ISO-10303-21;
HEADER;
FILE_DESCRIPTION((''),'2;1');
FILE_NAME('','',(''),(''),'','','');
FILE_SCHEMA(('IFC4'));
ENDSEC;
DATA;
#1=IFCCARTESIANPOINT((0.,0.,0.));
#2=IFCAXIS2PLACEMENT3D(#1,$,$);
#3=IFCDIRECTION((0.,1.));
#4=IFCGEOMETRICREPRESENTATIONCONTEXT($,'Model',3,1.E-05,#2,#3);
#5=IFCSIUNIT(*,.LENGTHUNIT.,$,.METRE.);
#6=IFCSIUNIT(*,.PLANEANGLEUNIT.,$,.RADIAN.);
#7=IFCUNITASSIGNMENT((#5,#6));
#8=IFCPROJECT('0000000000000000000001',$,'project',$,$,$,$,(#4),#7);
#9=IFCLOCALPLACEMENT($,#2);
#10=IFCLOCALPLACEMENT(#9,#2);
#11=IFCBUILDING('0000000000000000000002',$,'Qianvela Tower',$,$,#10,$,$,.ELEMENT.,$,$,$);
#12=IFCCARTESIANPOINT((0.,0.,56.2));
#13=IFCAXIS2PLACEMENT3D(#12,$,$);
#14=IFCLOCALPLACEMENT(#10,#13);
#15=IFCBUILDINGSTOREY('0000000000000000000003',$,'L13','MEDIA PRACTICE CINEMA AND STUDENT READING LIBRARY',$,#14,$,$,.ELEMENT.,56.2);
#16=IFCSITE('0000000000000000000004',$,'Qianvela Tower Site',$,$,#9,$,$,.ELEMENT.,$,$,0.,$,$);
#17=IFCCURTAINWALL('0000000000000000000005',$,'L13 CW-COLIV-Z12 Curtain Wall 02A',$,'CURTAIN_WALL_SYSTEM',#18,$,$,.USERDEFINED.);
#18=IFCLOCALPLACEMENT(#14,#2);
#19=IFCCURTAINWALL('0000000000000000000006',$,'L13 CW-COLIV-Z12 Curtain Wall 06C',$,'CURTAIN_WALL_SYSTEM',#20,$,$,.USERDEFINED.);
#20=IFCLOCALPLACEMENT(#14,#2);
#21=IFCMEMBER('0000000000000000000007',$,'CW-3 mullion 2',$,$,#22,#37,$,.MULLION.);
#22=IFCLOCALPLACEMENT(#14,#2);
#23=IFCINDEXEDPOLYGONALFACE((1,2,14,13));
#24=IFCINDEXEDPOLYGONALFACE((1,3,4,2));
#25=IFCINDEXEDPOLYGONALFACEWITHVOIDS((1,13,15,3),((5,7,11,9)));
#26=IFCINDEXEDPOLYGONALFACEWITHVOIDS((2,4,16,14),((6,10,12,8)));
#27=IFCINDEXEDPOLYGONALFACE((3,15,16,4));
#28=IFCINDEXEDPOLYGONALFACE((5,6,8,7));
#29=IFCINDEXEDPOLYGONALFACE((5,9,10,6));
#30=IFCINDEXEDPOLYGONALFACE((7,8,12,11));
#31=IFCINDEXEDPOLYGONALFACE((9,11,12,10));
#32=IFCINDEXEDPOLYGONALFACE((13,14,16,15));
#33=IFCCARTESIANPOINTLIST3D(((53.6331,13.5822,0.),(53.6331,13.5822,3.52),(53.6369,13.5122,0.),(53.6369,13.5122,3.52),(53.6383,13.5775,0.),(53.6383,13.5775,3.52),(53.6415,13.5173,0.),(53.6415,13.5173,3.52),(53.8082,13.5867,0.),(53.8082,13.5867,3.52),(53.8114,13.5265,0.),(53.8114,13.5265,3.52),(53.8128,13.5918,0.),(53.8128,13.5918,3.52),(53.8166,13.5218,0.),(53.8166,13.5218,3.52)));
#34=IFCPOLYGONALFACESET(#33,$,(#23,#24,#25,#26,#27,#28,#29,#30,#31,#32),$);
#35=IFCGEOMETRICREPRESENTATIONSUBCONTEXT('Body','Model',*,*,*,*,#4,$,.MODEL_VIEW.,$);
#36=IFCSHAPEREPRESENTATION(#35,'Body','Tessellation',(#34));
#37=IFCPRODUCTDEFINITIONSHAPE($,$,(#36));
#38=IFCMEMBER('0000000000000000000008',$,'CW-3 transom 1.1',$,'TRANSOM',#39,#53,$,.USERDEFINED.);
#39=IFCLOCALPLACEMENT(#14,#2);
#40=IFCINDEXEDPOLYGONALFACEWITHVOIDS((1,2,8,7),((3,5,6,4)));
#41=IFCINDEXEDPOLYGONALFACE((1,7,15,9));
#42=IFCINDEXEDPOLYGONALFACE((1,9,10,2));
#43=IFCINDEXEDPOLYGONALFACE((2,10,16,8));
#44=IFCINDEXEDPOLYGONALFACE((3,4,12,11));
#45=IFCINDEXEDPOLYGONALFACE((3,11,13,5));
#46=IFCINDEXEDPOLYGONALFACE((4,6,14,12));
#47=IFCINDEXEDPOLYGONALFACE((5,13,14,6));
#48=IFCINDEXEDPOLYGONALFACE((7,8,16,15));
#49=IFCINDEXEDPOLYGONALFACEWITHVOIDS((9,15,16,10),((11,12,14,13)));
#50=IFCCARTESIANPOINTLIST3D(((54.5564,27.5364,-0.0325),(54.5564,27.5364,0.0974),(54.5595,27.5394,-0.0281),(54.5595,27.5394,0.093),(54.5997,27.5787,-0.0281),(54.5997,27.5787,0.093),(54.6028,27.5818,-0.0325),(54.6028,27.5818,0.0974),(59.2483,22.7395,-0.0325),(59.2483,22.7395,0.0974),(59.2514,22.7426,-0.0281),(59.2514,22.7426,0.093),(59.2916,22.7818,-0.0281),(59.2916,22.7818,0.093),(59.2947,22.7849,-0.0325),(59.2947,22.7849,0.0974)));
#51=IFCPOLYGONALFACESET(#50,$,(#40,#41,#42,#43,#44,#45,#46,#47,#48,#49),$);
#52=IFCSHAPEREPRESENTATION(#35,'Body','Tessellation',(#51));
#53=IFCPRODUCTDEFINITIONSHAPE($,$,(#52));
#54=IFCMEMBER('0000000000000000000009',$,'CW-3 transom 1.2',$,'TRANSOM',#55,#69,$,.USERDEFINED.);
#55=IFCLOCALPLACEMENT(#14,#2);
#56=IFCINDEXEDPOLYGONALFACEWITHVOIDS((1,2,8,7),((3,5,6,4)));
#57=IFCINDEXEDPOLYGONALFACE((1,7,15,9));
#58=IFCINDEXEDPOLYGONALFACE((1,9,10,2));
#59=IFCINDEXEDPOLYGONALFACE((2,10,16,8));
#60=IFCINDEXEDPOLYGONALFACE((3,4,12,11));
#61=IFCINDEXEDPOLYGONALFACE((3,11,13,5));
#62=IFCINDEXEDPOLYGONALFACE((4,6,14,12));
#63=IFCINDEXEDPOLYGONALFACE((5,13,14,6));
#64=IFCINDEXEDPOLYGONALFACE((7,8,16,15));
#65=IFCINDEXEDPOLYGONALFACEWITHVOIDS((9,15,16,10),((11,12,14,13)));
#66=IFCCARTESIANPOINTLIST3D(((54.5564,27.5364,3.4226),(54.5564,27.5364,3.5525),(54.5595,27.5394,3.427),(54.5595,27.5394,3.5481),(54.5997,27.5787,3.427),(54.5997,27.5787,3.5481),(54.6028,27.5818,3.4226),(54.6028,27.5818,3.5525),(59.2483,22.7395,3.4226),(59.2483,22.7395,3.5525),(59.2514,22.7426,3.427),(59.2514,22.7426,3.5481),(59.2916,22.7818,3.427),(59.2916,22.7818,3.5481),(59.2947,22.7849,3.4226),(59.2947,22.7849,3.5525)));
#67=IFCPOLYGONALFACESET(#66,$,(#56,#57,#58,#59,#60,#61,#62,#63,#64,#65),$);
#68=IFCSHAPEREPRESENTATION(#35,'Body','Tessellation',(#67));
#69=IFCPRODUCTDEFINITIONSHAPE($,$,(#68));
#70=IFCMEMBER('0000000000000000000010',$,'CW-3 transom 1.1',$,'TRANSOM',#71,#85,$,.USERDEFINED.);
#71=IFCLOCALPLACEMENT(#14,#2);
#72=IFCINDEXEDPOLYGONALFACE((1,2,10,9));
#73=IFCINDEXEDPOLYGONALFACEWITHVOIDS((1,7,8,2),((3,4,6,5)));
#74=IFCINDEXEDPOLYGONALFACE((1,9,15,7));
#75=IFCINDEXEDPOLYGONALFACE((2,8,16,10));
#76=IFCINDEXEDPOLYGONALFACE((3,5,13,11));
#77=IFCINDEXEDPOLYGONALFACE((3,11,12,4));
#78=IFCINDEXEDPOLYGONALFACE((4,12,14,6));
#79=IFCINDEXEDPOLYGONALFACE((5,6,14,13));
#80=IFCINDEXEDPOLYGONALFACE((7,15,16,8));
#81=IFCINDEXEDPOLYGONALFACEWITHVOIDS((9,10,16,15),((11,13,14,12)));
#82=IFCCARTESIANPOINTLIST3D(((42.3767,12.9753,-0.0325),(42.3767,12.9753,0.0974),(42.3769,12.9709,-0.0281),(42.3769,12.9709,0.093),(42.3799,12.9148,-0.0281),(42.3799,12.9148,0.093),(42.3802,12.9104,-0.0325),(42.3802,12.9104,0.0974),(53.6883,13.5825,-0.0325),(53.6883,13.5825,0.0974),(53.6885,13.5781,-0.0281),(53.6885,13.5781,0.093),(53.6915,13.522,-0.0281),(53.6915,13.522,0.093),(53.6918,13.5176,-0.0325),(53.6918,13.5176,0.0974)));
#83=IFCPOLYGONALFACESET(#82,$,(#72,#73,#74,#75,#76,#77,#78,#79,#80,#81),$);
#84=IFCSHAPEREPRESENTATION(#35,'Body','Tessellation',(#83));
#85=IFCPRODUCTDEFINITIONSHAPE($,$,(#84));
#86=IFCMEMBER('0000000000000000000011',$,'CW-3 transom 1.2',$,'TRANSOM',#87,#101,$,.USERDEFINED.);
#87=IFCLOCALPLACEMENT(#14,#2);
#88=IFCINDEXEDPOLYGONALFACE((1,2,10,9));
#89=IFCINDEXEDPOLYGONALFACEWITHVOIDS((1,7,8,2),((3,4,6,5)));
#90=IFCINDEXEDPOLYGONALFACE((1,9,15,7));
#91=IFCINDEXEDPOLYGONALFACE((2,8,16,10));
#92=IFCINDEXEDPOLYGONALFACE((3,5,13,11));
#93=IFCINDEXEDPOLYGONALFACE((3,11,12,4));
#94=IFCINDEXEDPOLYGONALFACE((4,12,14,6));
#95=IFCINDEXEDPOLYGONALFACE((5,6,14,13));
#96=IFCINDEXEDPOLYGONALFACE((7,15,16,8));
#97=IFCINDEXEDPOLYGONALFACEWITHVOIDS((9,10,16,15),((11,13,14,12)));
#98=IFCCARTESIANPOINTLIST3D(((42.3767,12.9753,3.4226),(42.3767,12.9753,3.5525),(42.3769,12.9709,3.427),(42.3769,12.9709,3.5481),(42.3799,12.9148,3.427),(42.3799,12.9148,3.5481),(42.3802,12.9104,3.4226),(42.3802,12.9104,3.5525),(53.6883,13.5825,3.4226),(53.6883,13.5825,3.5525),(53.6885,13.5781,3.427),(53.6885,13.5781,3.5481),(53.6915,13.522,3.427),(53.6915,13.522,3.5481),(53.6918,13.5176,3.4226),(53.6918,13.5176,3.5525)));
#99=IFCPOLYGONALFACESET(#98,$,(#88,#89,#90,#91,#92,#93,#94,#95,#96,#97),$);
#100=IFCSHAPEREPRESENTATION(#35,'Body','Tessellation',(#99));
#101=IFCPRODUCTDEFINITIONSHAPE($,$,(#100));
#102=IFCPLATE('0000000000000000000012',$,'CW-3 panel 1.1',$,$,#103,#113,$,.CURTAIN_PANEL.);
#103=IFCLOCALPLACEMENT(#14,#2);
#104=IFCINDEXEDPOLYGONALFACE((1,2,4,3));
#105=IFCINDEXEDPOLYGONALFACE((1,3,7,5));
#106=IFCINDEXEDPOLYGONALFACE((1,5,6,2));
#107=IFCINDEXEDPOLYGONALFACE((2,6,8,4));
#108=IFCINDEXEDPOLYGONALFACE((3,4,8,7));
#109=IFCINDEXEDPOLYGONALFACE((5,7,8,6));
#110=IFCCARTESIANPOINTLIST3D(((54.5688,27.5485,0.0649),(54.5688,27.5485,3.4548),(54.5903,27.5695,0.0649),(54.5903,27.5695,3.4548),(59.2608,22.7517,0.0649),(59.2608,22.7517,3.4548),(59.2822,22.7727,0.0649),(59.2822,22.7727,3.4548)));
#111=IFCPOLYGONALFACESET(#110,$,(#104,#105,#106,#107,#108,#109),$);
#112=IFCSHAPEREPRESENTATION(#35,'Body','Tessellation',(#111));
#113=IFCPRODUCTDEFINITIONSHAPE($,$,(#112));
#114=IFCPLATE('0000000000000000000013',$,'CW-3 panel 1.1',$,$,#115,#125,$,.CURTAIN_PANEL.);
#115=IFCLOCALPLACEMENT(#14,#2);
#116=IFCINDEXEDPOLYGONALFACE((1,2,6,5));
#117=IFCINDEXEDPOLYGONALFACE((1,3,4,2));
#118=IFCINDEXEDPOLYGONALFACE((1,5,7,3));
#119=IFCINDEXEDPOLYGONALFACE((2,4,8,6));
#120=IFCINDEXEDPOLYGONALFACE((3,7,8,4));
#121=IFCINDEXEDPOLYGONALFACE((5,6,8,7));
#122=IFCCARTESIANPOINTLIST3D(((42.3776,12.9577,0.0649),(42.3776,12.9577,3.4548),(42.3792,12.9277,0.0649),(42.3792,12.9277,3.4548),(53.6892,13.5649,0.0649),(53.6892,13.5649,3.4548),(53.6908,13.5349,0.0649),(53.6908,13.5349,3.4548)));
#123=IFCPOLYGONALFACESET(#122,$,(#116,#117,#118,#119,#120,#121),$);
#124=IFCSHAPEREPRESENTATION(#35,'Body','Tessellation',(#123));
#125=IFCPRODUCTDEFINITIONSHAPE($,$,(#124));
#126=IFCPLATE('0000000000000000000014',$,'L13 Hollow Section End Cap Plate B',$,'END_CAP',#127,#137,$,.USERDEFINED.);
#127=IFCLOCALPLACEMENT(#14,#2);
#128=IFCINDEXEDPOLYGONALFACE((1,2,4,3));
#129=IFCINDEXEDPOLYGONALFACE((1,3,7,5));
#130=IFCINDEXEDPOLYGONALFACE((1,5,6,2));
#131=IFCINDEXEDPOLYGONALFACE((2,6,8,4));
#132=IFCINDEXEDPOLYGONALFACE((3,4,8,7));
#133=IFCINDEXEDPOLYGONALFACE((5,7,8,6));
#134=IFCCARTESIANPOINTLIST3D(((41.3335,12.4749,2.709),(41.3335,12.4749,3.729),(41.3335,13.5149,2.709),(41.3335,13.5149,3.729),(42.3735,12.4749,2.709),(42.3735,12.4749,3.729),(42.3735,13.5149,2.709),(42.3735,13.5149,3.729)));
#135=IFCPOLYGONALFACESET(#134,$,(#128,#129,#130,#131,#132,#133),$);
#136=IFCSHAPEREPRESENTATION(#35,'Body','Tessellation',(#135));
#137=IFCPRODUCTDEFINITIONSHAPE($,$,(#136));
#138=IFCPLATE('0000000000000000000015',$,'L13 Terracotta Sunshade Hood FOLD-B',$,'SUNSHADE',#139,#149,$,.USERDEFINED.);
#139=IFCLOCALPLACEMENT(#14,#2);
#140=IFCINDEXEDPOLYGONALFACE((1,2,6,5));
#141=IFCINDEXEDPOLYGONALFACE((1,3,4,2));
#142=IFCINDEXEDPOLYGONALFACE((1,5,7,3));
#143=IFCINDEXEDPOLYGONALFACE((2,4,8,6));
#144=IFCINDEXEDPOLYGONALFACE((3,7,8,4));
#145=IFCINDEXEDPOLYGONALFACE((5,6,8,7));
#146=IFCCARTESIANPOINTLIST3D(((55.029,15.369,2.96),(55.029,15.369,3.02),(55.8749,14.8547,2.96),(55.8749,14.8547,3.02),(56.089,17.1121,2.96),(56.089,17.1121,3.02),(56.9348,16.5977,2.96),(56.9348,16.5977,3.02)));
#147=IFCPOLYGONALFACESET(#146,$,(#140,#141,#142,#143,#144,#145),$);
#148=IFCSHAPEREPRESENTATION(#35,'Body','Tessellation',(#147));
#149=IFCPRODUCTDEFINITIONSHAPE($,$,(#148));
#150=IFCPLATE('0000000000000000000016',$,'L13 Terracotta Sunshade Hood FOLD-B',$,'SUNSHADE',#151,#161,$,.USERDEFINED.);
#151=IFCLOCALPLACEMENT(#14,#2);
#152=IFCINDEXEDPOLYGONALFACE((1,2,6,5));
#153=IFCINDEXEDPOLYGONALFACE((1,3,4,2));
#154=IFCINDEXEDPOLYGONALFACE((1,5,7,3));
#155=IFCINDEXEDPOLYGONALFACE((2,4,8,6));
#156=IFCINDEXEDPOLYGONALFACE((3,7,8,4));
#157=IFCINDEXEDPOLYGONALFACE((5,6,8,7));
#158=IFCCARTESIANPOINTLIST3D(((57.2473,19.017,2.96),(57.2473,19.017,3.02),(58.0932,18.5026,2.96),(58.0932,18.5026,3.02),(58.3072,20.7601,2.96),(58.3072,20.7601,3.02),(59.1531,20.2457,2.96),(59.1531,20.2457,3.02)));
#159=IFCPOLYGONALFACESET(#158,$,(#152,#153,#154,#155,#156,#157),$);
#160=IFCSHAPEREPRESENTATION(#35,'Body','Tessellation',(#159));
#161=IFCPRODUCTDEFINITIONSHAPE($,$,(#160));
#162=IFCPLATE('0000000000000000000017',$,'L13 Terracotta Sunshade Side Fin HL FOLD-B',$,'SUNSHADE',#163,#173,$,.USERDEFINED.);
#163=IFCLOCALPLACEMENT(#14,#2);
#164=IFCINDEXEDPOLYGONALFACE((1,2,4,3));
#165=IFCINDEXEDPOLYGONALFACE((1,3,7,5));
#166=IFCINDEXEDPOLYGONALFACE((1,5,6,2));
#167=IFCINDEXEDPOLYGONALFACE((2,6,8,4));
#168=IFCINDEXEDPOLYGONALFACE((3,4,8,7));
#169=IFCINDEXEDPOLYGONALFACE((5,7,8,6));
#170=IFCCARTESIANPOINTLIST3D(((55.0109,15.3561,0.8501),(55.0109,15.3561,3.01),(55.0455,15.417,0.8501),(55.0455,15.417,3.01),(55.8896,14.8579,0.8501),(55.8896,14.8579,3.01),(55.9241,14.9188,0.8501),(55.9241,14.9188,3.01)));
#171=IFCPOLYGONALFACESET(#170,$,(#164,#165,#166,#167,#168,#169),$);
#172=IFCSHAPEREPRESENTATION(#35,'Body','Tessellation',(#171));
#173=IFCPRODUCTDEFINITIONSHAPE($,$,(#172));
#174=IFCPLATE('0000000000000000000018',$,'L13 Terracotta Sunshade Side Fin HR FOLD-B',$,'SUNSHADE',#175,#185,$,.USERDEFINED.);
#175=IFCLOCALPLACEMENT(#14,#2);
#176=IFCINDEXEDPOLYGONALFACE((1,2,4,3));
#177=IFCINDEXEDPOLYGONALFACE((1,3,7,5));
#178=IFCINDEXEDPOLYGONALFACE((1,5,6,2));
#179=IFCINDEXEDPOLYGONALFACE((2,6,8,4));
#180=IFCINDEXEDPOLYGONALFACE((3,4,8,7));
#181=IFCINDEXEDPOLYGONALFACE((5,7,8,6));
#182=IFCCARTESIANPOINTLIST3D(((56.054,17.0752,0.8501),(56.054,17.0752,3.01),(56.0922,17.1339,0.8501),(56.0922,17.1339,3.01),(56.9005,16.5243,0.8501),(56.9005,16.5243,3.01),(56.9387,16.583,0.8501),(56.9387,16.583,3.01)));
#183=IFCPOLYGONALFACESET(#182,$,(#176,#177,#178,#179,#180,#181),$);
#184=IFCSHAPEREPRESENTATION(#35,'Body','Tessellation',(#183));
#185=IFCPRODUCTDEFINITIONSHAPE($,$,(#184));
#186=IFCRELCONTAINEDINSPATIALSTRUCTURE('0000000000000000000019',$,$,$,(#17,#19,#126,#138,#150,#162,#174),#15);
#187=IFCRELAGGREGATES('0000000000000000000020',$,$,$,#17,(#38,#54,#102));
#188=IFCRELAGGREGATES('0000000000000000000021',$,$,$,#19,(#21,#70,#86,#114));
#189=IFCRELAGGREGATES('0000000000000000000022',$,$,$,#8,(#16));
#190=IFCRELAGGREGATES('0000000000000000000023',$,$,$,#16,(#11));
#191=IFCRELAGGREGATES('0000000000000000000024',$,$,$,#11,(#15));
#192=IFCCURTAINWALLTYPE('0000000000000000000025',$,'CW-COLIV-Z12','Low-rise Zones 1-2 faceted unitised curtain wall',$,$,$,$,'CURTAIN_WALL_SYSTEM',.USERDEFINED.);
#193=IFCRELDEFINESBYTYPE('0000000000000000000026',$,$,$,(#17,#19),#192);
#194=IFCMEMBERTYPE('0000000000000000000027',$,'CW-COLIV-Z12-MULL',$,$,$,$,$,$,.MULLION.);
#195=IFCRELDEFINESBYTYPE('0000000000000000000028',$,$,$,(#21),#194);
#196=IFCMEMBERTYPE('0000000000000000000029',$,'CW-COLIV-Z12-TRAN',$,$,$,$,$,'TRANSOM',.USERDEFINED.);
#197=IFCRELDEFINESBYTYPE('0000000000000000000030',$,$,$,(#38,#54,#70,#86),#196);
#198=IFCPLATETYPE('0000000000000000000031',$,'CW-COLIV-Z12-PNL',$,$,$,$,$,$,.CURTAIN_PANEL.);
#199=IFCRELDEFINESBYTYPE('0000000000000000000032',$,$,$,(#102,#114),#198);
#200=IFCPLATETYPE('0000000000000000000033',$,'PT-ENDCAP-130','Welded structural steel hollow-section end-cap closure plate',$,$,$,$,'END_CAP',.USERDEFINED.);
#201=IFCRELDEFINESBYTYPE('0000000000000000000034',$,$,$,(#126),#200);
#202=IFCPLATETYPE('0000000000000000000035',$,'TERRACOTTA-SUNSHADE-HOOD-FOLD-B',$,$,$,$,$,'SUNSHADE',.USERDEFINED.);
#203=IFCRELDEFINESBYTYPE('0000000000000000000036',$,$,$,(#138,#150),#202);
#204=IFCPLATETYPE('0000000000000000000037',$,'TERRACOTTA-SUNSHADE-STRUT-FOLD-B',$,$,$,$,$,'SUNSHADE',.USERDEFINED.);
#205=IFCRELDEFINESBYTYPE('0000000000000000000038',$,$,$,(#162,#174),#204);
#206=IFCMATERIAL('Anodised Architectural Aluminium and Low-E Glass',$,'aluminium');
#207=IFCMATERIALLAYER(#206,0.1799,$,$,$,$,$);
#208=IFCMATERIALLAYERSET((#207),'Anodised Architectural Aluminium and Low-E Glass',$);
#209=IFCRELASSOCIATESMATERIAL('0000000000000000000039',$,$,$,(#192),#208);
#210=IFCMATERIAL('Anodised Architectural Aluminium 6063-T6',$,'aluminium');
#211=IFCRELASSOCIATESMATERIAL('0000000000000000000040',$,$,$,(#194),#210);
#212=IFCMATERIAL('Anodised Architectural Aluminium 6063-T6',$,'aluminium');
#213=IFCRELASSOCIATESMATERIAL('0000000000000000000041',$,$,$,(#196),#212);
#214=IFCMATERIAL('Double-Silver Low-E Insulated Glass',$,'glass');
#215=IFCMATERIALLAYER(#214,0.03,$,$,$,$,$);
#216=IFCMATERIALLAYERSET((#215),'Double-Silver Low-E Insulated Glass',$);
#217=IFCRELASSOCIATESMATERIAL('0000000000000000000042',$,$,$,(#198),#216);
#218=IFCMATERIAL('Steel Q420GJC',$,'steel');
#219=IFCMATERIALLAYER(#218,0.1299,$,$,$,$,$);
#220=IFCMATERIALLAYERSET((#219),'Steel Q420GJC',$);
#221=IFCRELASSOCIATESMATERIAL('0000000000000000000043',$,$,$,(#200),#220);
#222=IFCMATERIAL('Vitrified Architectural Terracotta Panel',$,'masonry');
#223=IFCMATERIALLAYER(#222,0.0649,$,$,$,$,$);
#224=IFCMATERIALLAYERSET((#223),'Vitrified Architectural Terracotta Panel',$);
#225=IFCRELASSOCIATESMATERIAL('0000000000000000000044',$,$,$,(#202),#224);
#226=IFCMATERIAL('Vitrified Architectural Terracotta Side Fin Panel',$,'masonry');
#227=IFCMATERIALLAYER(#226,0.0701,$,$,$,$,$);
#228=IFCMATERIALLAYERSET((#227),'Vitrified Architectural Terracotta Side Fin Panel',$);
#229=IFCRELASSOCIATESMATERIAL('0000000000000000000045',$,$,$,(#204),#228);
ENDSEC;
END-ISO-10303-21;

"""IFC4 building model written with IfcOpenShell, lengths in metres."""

from ifc_helpers import new_model, si_unit, direction, frame, origin, origin_2d, place, context, subcontext, project, spatial, rectangle, hollow_rectangle, extrude, material, layer, layer_set, material_profile, profile_set, type_object, element, aggregate, save


model = new_model("IFC4")

# Units and contexts
model_context = context("Model", 3, precision=1e-05, world=origin(), true_north=direction((0.0, 1.0)))
body_context = subcontext(model_context, "Body", "Model", "MODEL_VIEW")
ifc_project = project(units=[si_unit("LENGTHUNIT", "METRE"), si_unit("PLANEANGLEUNIT", "RADIAN")], contexts=[model_context])

# Site, building, storey
site_placement = place(None, origin())
site = spatial("IfcSite", under=ifc_project, at=site_placement, Name="Qianvela Tower Site", CompositionType="ELEMENT", RefElevation=0.0)
building_placement = place(site_placement, origin())
building = spatial("IfcBuilding", under=site, at=building_placement, Name="Qianvela Tower", CompositionType="ELEMENT")
storey_placement = place(building_placement, frame((0.0, 0.0, 56.2)))
storey = spatial("IfcBuildingStorey", under=building, at=storey_placement, Name="L13", Description="MEDIA PRACTICE CINEMA AND STUDENT READING LIBRARY", CompositionType="ELEMENT", Elevation=56.2)

# Curtain wall
ifc_material_1 = material(Name="Anodised Architectural Aluminium and Low-E Glass", Category="aluminium")
ifc_layer_1 = layer(ifc_material_1, 0.1799)
ifc_layer_set_1 = layer_set([ifc_layer_1], Name="Anodised Architectural Aluminium and Low-E Glass")
curtain_wall_type_1 = type_object("IfcCurtainWallType", Name="CW-COLIV-Z12", Description="Low-rise Zones 1-2 faceted unitised curtain wall", ElementType="CURTAIN_WALL_SYSTEM", PredefinedType="USERDEFINED", material=ifc_layer_set_1)
curtain_wall_1_placement = place(storey_placement, origin())
curtain_wall_1 = element("IfcCurtainWall", 1, at=curtain_wall_1_placement, inside=storey, type_object=curtain_wall_type_1, Name="L13 CW-COLIV-Z12 Curtain Wall 02A", ObjectType="CURTAIN_WALL_SYSTEM", PredefinedType="USERDEFINED")
ifc_material_2 = material(Name="Anodised Architectural Aluminium 6063-T6", Category="aluminium")
ifc_material_profile_1 = material_profile(ifc_material_2, hollow_rectangle(XDim=0.0701, YDim=0.1799, WallThickness=0.0049, at=origin_2d()), Name="ALU-MULL-70x180")
ifc_profile_set_1 = profile_set([ifc_material_profile_1], Name="Anodised Architectural Aluminium 6063-T6")
member_type_1 = type_object("IfcMemberType", Name="CW-COLIV-Z12-MULL", PredefinedType="MULLION", material=ifc_profile_set_1)

# Curtain wall, member
curtain_wall_2_placement = place(storey_placement, origin())
curtain_wall_2 = element("IfcCurtainWall", 2, at=curtain_wall_2_placement, inside=storey, type_object=curtain_wall_type_1, Name="L13 CW-COLIV-Z12 Curtain Wall 06C", ObjectType="CURTAIN_WALL_SYSTEM", PredefinedType="USERDEFINED")
member_1_placement = place(storey_placement, frame((53.7249, 13.552, 0.0), z_axis=(0.0, 0.0, 1.0), x_axis=(-0.053601, 0.998562, 0.0)))
member_1 = element("IfcMember", 3, at=member_1_placement, type_object=member_type_1, Name="CW-3 mullion 2", PredefinedType="MULLION", context=body_context, shape_type="SweptSolid", body=[
    extrude(hollow_rectangle(XDim=0.0701, YDim=0.1799, WallThickness=0.0049, at=origin_2d()), origin(), (0.0, 0.0, 1.0), 3.52),
])

# Members
ifc_material_3 = material(Name="Anodised Architectural Aluminium 6063-T6", Category="aluminium")
ifc_material_profile_2 = material_profile(ifc_material_3, hollow_rectangle(XDim=0.0649, YDim=0.1299, WallThickness=0.0044, at=origin_2d()), Name="ALU-TRAN-65x130")
ifc_profile_set_2 = profile_set([ifc_material_profile_2], Name="Anodised Architectural Aluminium 6063-T6")
member_type_2 = type_object("IfcMemberType", Name="CW-COLIV-Z12-TRAN", ElementType="TRANSOM", PredefinedType="USERDEFINED", material=ifc_profile_set_2)
member_2_placement = place(storey_placement, frame((59.2715, 22.7622, 0.0325), z_axis=(-0.699241, 0.714886, 0.0), x_axis=(-0.714886, -0.699241, 0.0)))
member_2 = element("IfcMember", 4, at=member_2_placement, type_object=member_type_2, Name="CW-3 transom 1.1", ObjectType="TRANSOM", PredefinedType="USERDEFINED", context=body_context, shape_type="SweptSolid", body=[
    extrude(hollow_rectangle(XDim=0.0649, YDim=0.1299, WallThickness=0.0044, at=origin_2d()), origin(), (0.0, 0.0, 1.0), 6.71),
])
member_3_placement = place(storey_placement, frame((59.2715, 22.7622, 3.4875), z_axis=(-0.699241, 0.714886, 0.0), x_axis=(-0.714886, -0.699241, 0.0)))
member_3 = element("IfcMember", 5, at=member_3_placement, type_object=member_type_2, Name="CW-3 transom 1.2", ObjectType="TRANSOM", PredefinedType="USERDEFINED", context=body_context, shape_type="SweptSolid", body=[
    extrude(hollow_rectangle(XDim=0.0649, YDim=0.1299, WallThickness=0.0044, at=origin_2d()), origin(), (0.0, 0.0, 1.0), 6.71),
])
member_4_placement = place(storey_placement, frame((42.3784, 12.9429, 0.0325), z_axis=(0.998562, 0.053601, 0.0), x_axis=(-0.053601, 0.998562, 0.0)))
member_4 = element("IfcMember", 6, at=member_4_placement, type_object=member_type_2, Name="CW-3 transom 1.1", ObjectType="TRANSOM", PredefinedType="USERDEFINED", context=body_context, shape_type="SweptSolid", body=[
    extrude(hollow_rectangle(XDim=0.0649, YDim=0.1299, WallThickness=0.0044, at=origin_2d()), origin(), (0.0, 0.0, 1.0), 11.3279),
])
member_5_placement = place(storey_placement, frame((42.3784, 12.9429, 3.4875), z_axis=(0.998562, 0.053601, 0.0), x_axis=(-0.053601, 0.998562, 0.0)))
member_5 = element("IfcMember", 7, at=member_5_placement, type_object=member_type_2, Name="CW-3 transom 1.2", ObjectType="TRANSOM", PredefinedType="USERDEFINED", context=body_context, shape_type="SweptSolid", body=[
    extrude(hollow_rectangle(XDim=0.0649, YDim=0.1299, WallThickness=0.0044, at=origin_2d()), origin(), (0.0, 0.0, 1.0), 11.3279),
])

# Plates
ifc_material_4 = material(Name="Double-Silver Low-E Insulated Glass", Category="glass")
ifc_layer_2 = layer(ifc_material_4, 0.03)
ifc_layer_set_2 = layer_set([ifc_layer_2], Name="Double-Silver Low-E Insulated Glass")
plate_type_1 = type_object("IfcPlateType", Name="CW-COLIV-Z12-PNL", PredefinedType="CURTAIN_PANEL", material=ifc_layer_set_2)
plate_1_placement = place(storey_placement, frame((56.9255, 25.1606, 0.0649), z_axis=(0.0, 0.0, 1.0), x_axis=(-0.69925, 0.714877, 0.0)))
plate_1 = element("IfcPlate", 8, at=plate_1_placement, type_object=plate_type_1, Name="CW-3 panel 1.1", PredefinedType="CURTAIN_PANEL", context=body_context, shape_type="SweptSolid", body=[
    extrude(rectangle(XDim=6.71, YDim=0.03, at=origin_2d()), origin(), (0.0, 0.0, 1.0), 3.3899),
])
aggregate(curtain_wall_1, [member_2, member_3, plate_1])
plate_2_placement = place(storey_placement, frame((48.0342, 13.2463, 0.0649), z_axis=(0.0, 0.0, 1.0), x_axis=(0.998562, 0.053601, 0.0)))
plate_2 = element("IfcPlate", 9, at=plate_2_placement, type_object=plate_type_1, Name="CW-3 panel 1.1", PredefinedType="CURTAIN_PANEL", context=body_context, shape_type="SweptSolid", body=[
    extrude(rectangle(XDim=11.3279, YDim=0.03, at=origin_2d()), origin(), (0.0, 0.0, 1.0), 3.3899),
])
aggregate(curtain_wall_2, [member_1, member_4, member_5, plate_2])

# Plates
ifc_material_5 = material(Name="Steel Q420GJC", Category="steel")
ifc_layer_3 = layer(ifc_material_5, 0.1299)
ifc_layer_set_3 = layer_set([ifc_layer_3], Name="Steel Q420GJC")
plate_type_2 = type_object("IfcPlateType", Name="PT-ENDCAP-130", Description="Welded structural steel hollow-section end-cap closure plate", ElementType="END_CAP", PredefinedType="USERDEFINED", material=ifc_layer_set_3)
plate_3_placement = place(storey_placement, frame((41.8535, 12.9949, 2.709), z_axis=(0.0, 0.0, 1.0), x_axis=(1.0, 0.0, 0.0)))
element("IfcPlate", 10, at=plate_3_placement, inside=storey, type_object=plate_type_2, Name="L13 Hollow Section End Cap Plate B", ObjectType="END_CAP", PredefinedType="USERDEFINED", context=body_context, shape_type="SweptSolid", body=[
    extrude(rectangle(XDim=1.04, YDim=1.04, at=origin_2d()), origin(), (0.0, 0.0, 1.0), 1.02),
])
ifc_material_6 = material(Name="Vitrified Architectural Terracotta Panel", Category="masonry")
ifc_layer_4 = layer(ifc_material_6, 0.0649)
ifc_layer_set_4 = layer_set([ifc_layer_4], Name="Vitrified Architectural Terracotta Panel")
plate_type_3 = type_object("IfcPlateType", Name="TERRACOTTA-SUNSHADE-HOOD-FOLD-B", ElementType="SUNSHADE", PredefinedType="USERDEFINED", material=ifc_layer_set_4)
for number, where, z_axis, x_axis, name in (
    (11, (55.9819, 15.9834, 2.96), (0.0, 0.0, 1.0), (0.519568, 0.854429, 0.0), "L13 Terracotta Sunshade Hood FOLD-B"),
    (12, (58.2002, 19.6313, 2.96), (0.0, 0.0, 1.0), (0.519568, 0.854429, 0.0), "L13 Terracotta Sunshade Hood FOLD-B"),
):
    element("IfcPlate", number, at=place(storey_placement, frame(where, z_axis=z_axis, x_axis=x_axis)), inside=storey, type_object=plate_type_3, Name=name, ObjectType="SUNSHADE", PredefinedType="USERDEFINED", context=body_context, shape_type="SweptSolid", body=[
        extrude(rectangle(XDim=2.04, YDim=0.99, at=origin_2d()), origin(), (0.0, 0.0, 1.0), 0.0601),
    ])
ifc_material_7 = material(Name="Vitrified Architectural Terracotta Side Fin Panel", Category="masonry")
ifc_layer_5 = layer(ifc_material_7, 0.0701)
ifc_layer_set_5 = layer_set([ifc_layer_5], Name="Vitrified Architectural Terracotta Side Fin Panel")
plate_type_4 = type_object("IfcPlateType", Name="TERRACOTTA-SUNSHADE-STRUT-FOLD-B", ElementType="SUNSHADE", PredefinedType="USERDEFINED", material=ifc_layer_set_5)
for number, where, z_axis, x_axis, name in (
    (13, (55.4675, 15.1375, 0.8501), (0.0, 0.0, 1.0), (0.493233, 0.869897, 0.0), "L13 Terracotta Sunshade Side Fin HL FOLD-B"),
    (14, (56.4963, 16.8291, 0.8501), (0.0, 0.0, 1.0), (0.545419, 0.838164, 0.0), "L13 Terracotta Sunshade Side Fin HR FOLD-B"),
):
    element("IfcPlate", number, at=place(storey_placement, frame(where, z_axis=z_axis, x_axis=x_axis)), inside=storey, type_object=plate_type_4, Name=name, ObjectType="SUNSHADE", PredefinedType="USERDEFINED", context=body_context, shape_type="SweptSolid", body=[
        extrude(rectangle(XDim=0.0701, YDim=1.01, at=origin_2d()), origin(), (0.0, 0.0, 1.0), 2.1599),
    ])

save(model, "model.ifc")
